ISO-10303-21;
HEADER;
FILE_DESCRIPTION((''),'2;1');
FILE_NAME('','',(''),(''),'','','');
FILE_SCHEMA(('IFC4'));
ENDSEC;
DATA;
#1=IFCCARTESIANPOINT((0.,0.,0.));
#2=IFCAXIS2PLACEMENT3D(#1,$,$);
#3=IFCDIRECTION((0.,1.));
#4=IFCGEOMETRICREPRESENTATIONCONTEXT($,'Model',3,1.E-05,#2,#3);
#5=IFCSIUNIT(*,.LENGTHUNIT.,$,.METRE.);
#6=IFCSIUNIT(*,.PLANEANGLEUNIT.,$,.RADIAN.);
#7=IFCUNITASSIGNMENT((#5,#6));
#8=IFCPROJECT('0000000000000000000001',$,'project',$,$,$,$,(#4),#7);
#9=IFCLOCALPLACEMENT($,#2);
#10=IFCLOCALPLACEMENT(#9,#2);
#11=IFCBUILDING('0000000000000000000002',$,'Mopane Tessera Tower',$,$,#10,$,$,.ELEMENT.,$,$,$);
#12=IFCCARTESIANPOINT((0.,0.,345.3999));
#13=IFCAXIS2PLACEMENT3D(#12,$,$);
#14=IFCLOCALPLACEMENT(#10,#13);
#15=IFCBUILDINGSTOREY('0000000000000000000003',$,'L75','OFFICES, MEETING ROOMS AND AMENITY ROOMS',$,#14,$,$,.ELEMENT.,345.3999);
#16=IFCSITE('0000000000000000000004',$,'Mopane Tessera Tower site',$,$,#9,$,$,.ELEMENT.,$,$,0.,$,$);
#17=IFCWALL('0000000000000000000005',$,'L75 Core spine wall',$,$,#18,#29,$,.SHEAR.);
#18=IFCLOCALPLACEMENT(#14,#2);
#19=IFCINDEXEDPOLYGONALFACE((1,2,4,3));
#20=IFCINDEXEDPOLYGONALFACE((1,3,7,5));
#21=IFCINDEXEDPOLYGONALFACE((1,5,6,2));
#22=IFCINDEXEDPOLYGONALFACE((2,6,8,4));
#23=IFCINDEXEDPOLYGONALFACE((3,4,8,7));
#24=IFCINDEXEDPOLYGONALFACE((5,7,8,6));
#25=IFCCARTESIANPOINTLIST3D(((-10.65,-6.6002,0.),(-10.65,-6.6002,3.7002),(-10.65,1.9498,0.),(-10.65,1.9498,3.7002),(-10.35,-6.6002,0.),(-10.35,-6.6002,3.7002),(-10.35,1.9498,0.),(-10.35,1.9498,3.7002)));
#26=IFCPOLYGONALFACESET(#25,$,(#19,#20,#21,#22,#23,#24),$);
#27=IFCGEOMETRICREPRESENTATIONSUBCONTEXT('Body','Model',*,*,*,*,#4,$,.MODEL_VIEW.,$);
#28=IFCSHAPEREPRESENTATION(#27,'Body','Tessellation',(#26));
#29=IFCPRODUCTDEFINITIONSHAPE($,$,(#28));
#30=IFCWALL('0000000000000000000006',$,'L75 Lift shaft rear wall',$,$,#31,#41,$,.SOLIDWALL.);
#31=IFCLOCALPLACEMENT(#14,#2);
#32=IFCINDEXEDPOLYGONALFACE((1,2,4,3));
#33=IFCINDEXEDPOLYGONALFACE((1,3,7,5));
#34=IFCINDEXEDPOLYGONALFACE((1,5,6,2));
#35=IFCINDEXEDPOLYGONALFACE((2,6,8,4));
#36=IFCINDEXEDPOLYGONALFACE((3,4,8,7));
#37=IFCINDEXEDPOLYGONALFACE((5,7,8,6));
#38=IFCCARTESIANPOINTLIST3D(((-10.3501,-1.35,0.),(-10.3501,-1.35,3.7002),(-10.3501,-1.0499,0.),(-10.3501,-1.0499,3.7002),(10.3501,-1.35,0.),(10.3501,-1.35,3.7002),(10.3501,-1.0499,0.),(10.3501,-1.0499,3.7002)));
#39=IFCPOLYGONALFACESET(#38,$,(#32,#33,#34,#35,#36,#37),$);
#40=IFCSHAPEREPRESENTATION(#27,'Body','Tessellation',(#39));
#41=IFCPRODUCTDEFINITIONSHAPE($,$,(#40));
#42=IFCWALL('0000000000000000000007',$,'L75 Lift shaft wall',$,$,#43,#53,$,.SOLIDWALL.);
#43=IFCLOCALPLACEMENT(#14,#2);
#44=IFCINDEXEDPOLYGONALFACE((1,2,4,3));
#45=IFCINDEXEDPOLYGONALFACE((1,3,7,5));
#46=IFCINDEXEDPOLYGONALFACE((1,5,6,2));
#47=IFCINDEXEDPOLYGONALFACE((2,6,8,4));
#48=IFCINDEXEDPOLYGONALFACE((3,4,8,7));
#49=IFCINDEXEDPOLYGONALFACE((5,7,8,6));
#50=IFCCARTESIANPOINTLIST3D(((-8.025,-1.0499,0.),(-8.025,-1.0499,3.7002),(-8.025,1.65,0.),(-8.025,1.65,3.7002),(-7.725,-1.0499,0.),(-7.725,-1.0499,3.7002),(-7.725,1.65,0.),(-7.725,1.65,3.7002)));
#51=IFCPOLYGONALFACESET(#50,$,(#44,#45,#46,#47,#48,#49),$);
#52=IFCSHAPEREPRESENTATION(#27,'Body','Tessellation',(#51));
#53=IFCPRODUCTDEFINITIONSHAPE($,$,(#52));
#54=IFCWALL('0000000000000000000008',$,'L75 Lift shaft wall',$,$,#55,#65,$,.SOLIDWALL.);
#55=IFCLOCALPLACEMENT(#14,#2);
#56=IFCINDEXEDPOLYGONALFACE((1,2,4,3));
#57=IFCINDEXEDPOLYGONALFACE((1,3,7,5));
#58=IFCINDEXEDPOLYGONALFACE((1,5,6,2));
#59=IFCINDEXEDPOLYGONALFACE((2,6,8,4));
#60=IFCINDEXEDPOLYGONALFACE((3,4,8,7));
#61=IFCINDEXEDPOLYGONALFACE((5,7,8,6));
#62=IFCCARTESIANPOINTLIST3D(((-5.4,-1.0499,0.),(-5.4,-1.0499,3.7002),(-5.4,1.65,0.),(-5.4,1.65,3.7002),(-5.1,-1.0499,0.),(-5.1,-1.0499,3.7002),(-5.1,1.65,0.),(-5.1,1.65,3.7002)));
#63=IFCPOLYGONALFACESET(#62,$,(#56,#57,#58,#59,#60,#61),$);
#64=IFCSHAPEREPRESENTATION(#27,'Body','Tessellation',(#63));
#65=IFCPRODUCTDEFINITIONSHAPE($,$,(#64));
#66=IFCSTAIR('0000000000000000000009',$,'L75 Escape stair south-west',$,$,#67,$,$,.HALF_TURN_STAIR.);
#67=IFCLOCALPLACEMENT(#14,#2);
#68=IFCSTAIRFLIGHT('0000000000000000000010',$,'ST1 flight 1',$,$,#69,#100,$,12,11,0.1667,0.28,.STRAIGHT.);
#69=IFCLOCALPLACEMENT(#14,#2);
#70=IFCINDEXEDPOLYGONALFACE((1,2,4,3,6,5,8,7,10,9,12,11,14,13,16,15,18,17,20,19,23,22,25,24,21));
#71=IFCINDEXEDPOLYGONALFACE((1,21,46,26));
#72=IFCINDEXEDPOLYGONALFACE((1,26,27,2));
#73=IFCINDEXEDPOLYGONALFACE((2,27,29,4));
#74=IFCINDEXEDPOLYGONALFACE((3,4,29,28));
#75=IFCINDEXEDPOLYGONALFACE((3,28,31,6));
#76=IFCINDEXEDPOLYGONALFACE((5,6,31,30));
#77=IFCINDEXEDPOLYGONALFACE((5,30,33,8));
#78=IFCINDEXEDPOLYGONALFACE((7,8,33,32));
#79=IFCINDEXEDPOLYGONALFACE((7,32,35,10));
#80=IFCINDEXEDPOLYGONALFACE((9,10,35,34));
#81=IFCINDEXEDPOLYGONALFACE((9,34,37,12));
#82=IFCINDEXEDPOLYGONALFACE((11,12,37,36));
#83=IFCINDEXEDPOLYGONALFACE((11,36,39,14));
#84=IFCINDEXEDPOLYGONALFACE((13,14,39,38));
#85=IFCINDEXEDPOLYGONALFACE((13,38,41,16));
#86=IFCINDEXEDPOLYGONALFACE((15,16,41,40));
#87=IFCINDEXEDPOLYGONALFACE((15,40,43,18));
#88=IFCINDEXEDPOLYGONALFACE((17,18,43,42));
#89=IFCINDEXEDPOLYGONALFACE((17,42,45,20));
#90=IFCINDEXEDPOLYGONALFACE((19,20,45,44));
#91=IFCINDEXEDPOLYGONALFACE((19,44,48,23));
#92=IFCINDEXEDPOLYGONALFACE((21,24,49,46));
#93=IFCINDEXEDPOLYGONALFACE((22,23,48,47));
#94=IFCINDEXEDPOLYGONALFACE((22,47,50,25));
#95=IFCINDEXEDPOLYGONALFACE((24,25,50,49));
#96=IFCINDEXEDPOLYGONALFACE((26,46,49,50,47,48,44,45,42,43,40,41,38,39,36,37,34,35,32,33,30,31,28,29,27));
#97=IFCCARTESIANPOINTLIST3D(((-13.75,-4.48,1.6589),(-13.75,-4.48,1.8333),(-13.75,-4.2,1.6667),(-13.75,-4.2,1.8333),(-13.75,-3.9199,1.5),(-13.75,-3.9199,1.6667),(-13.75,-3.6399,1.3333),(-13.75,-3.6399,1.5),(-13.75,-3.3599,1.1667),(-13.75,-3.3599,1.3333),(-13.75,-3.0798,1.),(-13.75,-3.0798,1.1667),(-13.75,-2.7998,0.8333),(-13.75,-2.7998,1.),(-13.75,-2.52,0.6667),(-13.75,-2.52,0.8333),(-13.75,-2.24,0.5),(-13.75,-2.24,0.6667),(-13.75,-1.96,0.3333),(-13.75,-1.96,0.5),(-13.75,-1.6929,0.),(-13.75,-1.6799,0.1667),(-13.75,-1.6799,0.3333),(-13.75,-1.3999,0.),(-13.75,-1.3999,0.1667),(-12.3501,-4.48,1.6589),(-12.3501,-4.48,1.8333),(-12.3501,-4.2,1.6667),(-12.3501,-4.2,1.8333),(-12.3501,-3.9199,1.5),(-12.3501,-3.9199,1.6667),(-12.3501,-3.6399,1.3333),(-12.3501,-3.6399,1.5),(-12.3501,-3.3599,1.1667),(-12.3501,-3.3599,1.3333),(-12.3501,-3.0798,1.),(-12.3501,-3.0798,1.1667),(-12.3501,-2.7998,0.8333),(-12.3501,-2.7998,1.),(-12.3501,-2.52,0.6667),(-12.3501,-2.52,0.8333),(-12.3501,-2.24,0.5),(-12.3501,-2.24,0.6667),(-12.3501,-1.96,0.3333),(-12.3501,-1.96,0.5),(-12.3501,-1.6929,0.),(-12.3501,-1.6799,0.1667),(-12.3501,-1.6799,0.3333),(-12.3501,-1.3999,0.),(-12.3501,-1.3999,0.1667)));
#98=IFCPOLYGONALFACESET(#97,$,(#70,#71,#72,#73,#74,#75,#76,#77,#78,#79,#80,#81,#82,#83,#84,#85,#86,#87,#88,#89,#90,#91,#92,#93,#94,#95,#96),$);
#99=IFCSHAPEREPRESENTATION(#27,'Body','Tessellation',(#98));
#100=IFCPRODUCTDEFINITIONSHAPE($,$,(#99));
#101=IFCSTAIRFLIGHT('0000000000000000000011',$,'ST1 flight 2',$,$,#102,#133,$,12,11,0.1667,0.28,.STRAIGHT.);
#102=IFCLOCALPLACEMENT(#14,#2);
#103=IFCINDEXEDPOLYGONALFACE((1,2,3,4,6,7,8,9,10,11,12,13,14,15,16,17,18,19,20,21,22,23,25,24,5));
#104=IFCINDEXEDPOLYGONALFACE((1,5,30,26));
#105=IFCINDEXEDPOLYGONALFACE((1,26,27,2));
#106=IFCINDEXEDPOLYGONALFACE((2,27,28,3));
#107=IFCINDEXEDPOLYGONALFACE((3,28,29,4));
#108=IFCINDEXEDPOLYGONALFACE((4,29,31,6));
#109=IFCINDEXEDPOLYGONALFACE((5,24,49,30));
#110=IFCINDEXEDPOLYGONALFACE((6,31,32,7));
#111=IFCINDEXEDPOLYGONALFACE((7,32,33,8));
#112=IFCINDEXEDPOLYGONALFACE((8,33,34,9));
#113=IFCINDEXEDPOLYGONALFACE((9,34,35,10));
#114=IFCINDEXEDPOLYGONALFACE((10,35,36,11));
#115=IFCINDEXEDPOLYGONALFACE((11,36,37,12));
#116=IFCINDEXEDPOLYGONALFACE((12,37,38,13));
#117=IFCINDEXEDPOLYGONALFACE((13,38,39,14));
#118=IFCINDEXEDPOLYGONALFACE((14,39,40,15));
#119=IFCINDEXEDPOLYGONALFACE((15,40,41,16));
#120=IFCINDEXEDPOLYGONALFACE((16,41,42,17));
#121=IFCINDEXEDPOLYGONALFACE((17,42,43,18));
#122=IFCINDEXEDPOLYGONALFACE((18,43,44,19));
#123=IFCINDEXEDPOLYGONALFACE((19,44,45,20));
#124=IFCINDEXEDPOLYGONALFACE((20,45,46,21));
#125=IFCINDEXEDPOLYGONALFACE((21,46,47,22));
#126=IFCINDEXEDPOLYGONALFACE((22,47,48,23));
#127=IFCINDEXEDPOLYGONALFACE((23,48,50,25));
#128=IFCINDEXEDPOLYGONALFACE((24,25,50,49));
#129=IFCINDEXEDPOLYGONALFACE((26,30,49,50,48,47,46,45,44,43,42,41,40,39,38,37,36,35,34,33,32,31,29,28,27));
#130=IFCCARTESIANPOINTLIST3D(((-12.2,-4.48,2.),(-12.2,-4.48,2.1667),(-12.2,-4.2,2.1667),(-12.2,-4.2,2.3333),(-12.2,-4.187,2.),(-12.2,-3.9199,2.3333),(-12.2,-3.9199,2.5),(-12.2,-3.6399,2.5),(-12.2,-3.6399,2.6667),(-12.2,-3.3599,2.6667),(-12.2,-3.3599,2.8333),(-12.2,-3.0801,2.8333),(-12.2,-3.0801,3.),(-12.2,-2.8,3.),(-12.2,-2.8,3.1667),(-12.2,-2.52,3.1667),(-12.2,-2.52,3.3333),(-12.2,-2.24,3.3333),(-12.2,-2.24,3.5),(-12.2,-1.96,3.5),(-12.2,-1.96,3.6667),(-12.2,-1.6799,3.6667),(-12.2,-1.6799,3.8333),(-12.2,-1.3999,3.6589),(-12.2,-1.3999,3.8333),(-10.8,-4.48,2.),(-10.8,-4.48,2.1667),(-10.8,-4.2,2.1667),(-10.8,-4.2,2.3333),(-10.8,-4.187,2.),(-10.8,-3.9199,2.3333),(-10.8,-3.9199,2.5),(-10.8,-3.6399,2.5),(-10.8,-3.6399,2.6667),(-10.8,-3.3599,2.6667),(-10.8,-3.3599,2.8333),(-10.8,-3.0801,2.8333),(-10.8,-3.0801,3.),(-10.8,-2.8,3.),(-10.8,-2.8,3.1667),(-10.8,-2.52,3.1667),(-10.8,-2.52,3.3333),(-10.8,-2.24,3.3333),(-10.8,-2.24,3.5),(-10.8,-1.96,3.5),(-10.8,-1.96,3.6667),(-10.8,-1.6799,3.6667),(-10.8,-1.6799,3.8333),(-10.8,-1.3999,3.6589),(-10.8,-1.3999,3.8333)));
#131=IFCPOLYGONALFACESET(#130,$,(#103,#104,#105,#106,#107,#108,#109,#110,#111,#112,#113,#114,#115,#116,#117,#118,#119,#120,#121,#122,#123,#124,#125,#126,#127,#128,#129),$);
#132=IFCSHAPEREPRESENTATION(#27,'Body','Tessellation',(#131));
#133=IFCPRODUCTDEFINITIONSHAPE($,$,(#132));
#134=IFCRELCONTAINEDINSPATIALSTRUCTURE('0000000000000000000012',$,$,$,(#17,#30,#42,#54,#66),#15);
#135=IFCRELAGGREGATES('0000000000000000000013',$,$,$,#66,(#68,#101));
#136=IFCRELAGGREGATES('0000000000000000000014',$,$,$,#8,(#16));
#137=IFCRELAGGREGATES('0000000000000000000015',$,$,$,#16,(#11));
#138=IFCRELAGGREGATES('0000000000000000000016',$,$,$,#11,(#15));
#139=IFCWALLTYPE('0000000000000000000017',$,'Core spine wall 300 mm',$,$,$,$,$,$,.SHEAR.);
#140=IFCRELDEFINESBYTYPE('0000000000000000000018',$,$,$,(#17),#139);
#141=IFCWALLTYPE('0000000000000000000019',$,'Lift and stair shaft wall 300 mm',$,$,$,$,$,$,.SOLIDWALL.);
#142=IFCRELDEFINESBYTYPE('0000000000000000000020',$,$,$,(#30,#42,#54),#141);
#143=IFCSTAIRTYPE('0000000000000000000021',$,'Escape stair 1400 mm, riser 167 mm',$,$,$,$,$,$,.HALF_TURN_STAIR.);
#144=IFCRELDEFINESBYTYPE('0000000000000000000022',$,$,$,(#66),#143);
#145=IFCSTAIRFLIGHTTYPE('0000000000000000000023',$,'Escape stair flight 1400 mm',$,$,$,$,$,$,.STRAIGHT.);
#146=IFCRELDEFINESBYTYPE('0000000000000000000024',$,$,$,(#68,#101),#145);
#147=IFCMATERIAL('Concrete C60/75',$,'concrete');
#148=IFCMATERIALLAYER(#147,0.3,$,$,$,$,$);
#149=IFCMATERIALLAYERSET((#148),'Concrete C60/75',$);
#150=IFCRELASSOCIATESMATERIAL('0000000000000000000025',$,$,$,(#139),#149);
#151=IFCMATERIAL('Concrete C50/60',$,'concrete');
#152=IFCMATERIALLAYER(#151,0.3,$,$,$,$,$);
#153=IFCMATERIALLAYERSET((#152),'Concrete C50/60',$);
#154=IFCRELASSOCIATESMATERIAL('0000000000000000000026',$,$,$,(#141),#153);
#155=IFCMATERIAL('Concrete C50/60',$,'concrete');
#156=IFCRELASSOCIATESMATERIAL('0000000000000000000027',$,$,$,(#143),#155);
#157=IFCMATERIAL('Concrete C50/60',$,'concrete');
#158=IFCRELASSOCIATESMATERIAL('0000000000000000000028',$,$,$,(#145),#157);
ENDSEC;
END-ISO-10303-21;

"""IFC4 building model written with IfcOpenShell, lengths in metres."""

from ifc_helpers import new_model, si_unit, direction, frame, frame_2d, origin, place, context, subcontext, project, spatial, polyline, rectangle, outline, extrude, material, layer, layer_set, type_object, element, aggregate, save


model = new_model("IFC4")

# Units and contexts
model_context = context("Model", 3, precision=1e-05, world=origin(), true_north=direction((0.0, 1.0)))
body_context = subcontext(model_context, "Body", "Model", "MODEL_VIEW")
ifc_project = project(units=[si_unit("LENGTHUNIT", "METRE"), si_unit("PLANEANGLEUNIT", "RADIAN")], contexts=[model_context])

# Site, building, storey
site_placement = place(None, origin())
site = spatial("IfcSite", under=ifc_project, at=site_placement, Name="Mopane Tessera Tower site", CompositionType="ELEMENT", RefElevation=0.0)
building_placement = place(site_placement, origin())
building = spatial("IfcBuilding", under=site, at=building_placement, Name="Mopane Tessera Tower", CompositionType="ELEMENT")
storey_placement = place(building_placement, frame((0.0, 0.0, 345.3999)))
storey = spatial("IfcBuildingStorey", under=building, at=storey_placement, Name="L75", Description="OFFICES, MEETING ROOMS AND AMENITY ROOMS", CompositionType="ELEMENT", Elevation=345.3999)

# Walls
ifc_material_1 = material(Name="Concrete C60/75", Category="concrete")
ifc_layer_1 = layer(ifc_material_1, 0.3)
ifc_layer_set_1 = layer_set([ifc_layer_1], Name="Concrete C60/75")
wall_type_1 = type_object("IfcWallType", Name="Core spine wall 300 mm", PredefinedType="SHEAR", material=ifc_layer_set_1)
wall_1_placement = place(storey_placement, frame((-10.5, -6.6001, 0.0), z_axis=(0.0, 0.0, 1.0), x_axis=(0.0, 1.0, 0.0)))
element("IfcWall", 1, at=wall_1_placement, inside=storey, type_object=wall_type_1, Name="L75 Core spine wall", PredefinedType="SHEAR", context=body_context, shape_type="SweptSolid", body=[
    extrude(rectangle(XDim=8.55, YDim=0.3, at=frame_2d((4.2749, 0.0))), origin(), (0.0, 0.0, 1.0), 3.7002),
])
ifc_material_2 = material(Name="Concrete C50/60", Category="concrete")
ifc_layer_2 = layer(ifc_material_2, 0.3)
ifc_layer_set_2 = layer_set([ifc_layer_2], Name="Concrete C50/60")
wall_type_2 = type_object("IfcWallType", Name="Lift and stair shaft wall 300 mm", PredefinedType="SOLIDWALL", material=ifc_layer_set_2)
wall_2_placement = place(storey_placement, frame((-10.3501, -1.2, 0.0), z_axis=(0.0, 0.0, 1.0), x_axis=(1.0, 0.0, 0.0)))
element("IfcWall", 2, at=wall_2_placement, inside=storey, type_object=wall_type_2, Name="L75 Lift shaft rear wall", PredefinedType="SOLIDWALL", context=body_context, shape_type="SweptSolid", body=[
    extrude(rectangle(XDim=20.7002, YDim=0.3, at=frame_2d((10.3501, 0.0))), origin(), (0.0, 0.0, 1.0), 3.7002),
])
for number, where, z_axis, x_axis, name in (
    (3, (-7.875, -1.05, 0.0), (0.0, 0.0, 1.0), (0.0, 1.0, 0.0), "L75 Lift shaft wall"),
    (4, (-5.25, -1.05, 0.0), (0.0, 0.0, 1.0), (0.0, 1.0, 0.0), "L75 Lift shaft wall"),
):
    element("IfcWall", number, at=place(storey_placement, frame(where, z_axis=z_axis, x_axis=x_axis)), inside=storey, type_object=wall_type_2, Name=name, PredefinedType="SOLIDWALL", context=body_context, shape_type="SweptSolid", body=[
        extrude(rectangle(XDim=2.7, YDim=0.3, at=frame_2d((1.3501, 0.0))), origin(), (0.0, 0.0, 1.0), 3.7002),
    ])

# Stair, stair flights
ifc_material_3 = material(Name="Concrete C50/60", Category="concrete")
stair_type = type_object("IfcStairType", Name="Escape stair 1400 mm, riser 167 mm", PredefinedType="HALF_TURN_STAIR", material=ifc_material_3)
stair_placement = place(storey_placement, origin())
stair = element("IfcStair", 5, at=stair_placement, inside=storey, type_object=stair_type, Name="L75 Escape stair south-west", PredefinedType="HALF_TURN_STAIR")
ifc_material_4 = material(Name="Concrete C50/60", Category="concrete")
stair_flight_type = type_object("IfcStairFlightType", Name="Escape stair flight 1400 mm", PredefinedType="STRAIGHT", material=ifc_material_4)
stair_flight_1_placement = place(storey_placement, frame((-13.05, -1.3999, 0.0), z_axis=(0.0, 0.0, 1.0), x_axis=(0.0, -1.0, 0.0)))
stair_flight_1 = element("IfcStairFlight", 6, at=stair_flight_1_placement, type_object=stair_flight_type, Name="ST1 flight 1", NumberOfRisers=12, NumberOfTreads=11, PredefinedType="STRAIGHT", RiserHeight=0.1667, TreadLength=0.28, context=body_context, shape_type="SweptSolid", body=[
    extrude(outline(polyline([(0.0, 0.0), (0.0, 0.1667), (0.28, 0.1667), (0.28, 0.3333), (0.5601, 0.3333), (0.5601, 0.5), (0.8401, 0.5), (0.8401, 0.6667), (1.1201, 0.6667), (1.1201, 0.8333), (1.3999, 0.8333), (1.3999, 1.0), (1.6799, 1.0), (1.6799, 1.1667), (1.96, 1.1667), (1.96, 1.3333), (2.24, 1.3333), (2.24, 1.5), (2.52, 1.5), (2.52, 1.6667), (2.8, 1.6667), (2.8, 1.8333), (3.0801, 1.8333), (3.0801, 2.0), (3.0801, 1.6589), (0.293, 0.0), (0.0, 0.0)])), frame((0.0, 0.7, 0.0), z_axis=(0.0, -1.0, 0.0), x_axis=(1.0, 0.0, 0.0)), (0.0, 0.0, 1.0), 1.3999),
])
stair_flight_2_placement = place(storey_placement, frame((-11.5, -4.48, 2.0), z_axis=(0.0, 0.0, 1.0), x_axis=(0.0, 1.0, 0.0)))
stair_flight_2 = element("IfcStairFlight", 7, at=stair_flight_2_placement, type_object=stair_flight_type, Name="ST1 flight 2", NumberOfRisers=12, NumberOfTreads=11, PredefinedType="STRAIGHT", RiserHeight=0.1667, TreadLength=0.28, context=body_context, shape_type="SweptSolid", body=[
    extrude(outline(polyline([(0.0, 0.0), (0.0, 0.1667), (0.28, 0.1667), (0.28, 0.3333), (0.5601, 0.3333), (0.5601, 0.5), (0.8401, 0.5), (0.8401, 0.6667), (1.1201, 0.6667), (1.1201, 0.8333), (1.3999, 0.8333), (1.3999, 1.0), (1.6799, 1.0), (1.6799, 1.1667), (1.96, 1.1667), (1.96, 1.3333), (2.24, 1.3333), (2.24, 1.5), (2.52, 1.5), (2.52, 1.6667), (2.8, 1.6667), (2.8, 1.8333), (3.0801, 1.8333), (3.0801, 2.0), (3.0801, 1.6589), (0.293, 0.0), (0.0, 0.0)])), frame((0.0, 0.7, 0.0), z_axis=(0.0, -1.0, 0.0), x_axis=(1.0, 0.0, 0.0)), (0.0, 0.0, 1.0), 1.3999),
])
aggregate(stair, [stair_flight_1, stair_flight_2])

save(model, "model.ifc")
